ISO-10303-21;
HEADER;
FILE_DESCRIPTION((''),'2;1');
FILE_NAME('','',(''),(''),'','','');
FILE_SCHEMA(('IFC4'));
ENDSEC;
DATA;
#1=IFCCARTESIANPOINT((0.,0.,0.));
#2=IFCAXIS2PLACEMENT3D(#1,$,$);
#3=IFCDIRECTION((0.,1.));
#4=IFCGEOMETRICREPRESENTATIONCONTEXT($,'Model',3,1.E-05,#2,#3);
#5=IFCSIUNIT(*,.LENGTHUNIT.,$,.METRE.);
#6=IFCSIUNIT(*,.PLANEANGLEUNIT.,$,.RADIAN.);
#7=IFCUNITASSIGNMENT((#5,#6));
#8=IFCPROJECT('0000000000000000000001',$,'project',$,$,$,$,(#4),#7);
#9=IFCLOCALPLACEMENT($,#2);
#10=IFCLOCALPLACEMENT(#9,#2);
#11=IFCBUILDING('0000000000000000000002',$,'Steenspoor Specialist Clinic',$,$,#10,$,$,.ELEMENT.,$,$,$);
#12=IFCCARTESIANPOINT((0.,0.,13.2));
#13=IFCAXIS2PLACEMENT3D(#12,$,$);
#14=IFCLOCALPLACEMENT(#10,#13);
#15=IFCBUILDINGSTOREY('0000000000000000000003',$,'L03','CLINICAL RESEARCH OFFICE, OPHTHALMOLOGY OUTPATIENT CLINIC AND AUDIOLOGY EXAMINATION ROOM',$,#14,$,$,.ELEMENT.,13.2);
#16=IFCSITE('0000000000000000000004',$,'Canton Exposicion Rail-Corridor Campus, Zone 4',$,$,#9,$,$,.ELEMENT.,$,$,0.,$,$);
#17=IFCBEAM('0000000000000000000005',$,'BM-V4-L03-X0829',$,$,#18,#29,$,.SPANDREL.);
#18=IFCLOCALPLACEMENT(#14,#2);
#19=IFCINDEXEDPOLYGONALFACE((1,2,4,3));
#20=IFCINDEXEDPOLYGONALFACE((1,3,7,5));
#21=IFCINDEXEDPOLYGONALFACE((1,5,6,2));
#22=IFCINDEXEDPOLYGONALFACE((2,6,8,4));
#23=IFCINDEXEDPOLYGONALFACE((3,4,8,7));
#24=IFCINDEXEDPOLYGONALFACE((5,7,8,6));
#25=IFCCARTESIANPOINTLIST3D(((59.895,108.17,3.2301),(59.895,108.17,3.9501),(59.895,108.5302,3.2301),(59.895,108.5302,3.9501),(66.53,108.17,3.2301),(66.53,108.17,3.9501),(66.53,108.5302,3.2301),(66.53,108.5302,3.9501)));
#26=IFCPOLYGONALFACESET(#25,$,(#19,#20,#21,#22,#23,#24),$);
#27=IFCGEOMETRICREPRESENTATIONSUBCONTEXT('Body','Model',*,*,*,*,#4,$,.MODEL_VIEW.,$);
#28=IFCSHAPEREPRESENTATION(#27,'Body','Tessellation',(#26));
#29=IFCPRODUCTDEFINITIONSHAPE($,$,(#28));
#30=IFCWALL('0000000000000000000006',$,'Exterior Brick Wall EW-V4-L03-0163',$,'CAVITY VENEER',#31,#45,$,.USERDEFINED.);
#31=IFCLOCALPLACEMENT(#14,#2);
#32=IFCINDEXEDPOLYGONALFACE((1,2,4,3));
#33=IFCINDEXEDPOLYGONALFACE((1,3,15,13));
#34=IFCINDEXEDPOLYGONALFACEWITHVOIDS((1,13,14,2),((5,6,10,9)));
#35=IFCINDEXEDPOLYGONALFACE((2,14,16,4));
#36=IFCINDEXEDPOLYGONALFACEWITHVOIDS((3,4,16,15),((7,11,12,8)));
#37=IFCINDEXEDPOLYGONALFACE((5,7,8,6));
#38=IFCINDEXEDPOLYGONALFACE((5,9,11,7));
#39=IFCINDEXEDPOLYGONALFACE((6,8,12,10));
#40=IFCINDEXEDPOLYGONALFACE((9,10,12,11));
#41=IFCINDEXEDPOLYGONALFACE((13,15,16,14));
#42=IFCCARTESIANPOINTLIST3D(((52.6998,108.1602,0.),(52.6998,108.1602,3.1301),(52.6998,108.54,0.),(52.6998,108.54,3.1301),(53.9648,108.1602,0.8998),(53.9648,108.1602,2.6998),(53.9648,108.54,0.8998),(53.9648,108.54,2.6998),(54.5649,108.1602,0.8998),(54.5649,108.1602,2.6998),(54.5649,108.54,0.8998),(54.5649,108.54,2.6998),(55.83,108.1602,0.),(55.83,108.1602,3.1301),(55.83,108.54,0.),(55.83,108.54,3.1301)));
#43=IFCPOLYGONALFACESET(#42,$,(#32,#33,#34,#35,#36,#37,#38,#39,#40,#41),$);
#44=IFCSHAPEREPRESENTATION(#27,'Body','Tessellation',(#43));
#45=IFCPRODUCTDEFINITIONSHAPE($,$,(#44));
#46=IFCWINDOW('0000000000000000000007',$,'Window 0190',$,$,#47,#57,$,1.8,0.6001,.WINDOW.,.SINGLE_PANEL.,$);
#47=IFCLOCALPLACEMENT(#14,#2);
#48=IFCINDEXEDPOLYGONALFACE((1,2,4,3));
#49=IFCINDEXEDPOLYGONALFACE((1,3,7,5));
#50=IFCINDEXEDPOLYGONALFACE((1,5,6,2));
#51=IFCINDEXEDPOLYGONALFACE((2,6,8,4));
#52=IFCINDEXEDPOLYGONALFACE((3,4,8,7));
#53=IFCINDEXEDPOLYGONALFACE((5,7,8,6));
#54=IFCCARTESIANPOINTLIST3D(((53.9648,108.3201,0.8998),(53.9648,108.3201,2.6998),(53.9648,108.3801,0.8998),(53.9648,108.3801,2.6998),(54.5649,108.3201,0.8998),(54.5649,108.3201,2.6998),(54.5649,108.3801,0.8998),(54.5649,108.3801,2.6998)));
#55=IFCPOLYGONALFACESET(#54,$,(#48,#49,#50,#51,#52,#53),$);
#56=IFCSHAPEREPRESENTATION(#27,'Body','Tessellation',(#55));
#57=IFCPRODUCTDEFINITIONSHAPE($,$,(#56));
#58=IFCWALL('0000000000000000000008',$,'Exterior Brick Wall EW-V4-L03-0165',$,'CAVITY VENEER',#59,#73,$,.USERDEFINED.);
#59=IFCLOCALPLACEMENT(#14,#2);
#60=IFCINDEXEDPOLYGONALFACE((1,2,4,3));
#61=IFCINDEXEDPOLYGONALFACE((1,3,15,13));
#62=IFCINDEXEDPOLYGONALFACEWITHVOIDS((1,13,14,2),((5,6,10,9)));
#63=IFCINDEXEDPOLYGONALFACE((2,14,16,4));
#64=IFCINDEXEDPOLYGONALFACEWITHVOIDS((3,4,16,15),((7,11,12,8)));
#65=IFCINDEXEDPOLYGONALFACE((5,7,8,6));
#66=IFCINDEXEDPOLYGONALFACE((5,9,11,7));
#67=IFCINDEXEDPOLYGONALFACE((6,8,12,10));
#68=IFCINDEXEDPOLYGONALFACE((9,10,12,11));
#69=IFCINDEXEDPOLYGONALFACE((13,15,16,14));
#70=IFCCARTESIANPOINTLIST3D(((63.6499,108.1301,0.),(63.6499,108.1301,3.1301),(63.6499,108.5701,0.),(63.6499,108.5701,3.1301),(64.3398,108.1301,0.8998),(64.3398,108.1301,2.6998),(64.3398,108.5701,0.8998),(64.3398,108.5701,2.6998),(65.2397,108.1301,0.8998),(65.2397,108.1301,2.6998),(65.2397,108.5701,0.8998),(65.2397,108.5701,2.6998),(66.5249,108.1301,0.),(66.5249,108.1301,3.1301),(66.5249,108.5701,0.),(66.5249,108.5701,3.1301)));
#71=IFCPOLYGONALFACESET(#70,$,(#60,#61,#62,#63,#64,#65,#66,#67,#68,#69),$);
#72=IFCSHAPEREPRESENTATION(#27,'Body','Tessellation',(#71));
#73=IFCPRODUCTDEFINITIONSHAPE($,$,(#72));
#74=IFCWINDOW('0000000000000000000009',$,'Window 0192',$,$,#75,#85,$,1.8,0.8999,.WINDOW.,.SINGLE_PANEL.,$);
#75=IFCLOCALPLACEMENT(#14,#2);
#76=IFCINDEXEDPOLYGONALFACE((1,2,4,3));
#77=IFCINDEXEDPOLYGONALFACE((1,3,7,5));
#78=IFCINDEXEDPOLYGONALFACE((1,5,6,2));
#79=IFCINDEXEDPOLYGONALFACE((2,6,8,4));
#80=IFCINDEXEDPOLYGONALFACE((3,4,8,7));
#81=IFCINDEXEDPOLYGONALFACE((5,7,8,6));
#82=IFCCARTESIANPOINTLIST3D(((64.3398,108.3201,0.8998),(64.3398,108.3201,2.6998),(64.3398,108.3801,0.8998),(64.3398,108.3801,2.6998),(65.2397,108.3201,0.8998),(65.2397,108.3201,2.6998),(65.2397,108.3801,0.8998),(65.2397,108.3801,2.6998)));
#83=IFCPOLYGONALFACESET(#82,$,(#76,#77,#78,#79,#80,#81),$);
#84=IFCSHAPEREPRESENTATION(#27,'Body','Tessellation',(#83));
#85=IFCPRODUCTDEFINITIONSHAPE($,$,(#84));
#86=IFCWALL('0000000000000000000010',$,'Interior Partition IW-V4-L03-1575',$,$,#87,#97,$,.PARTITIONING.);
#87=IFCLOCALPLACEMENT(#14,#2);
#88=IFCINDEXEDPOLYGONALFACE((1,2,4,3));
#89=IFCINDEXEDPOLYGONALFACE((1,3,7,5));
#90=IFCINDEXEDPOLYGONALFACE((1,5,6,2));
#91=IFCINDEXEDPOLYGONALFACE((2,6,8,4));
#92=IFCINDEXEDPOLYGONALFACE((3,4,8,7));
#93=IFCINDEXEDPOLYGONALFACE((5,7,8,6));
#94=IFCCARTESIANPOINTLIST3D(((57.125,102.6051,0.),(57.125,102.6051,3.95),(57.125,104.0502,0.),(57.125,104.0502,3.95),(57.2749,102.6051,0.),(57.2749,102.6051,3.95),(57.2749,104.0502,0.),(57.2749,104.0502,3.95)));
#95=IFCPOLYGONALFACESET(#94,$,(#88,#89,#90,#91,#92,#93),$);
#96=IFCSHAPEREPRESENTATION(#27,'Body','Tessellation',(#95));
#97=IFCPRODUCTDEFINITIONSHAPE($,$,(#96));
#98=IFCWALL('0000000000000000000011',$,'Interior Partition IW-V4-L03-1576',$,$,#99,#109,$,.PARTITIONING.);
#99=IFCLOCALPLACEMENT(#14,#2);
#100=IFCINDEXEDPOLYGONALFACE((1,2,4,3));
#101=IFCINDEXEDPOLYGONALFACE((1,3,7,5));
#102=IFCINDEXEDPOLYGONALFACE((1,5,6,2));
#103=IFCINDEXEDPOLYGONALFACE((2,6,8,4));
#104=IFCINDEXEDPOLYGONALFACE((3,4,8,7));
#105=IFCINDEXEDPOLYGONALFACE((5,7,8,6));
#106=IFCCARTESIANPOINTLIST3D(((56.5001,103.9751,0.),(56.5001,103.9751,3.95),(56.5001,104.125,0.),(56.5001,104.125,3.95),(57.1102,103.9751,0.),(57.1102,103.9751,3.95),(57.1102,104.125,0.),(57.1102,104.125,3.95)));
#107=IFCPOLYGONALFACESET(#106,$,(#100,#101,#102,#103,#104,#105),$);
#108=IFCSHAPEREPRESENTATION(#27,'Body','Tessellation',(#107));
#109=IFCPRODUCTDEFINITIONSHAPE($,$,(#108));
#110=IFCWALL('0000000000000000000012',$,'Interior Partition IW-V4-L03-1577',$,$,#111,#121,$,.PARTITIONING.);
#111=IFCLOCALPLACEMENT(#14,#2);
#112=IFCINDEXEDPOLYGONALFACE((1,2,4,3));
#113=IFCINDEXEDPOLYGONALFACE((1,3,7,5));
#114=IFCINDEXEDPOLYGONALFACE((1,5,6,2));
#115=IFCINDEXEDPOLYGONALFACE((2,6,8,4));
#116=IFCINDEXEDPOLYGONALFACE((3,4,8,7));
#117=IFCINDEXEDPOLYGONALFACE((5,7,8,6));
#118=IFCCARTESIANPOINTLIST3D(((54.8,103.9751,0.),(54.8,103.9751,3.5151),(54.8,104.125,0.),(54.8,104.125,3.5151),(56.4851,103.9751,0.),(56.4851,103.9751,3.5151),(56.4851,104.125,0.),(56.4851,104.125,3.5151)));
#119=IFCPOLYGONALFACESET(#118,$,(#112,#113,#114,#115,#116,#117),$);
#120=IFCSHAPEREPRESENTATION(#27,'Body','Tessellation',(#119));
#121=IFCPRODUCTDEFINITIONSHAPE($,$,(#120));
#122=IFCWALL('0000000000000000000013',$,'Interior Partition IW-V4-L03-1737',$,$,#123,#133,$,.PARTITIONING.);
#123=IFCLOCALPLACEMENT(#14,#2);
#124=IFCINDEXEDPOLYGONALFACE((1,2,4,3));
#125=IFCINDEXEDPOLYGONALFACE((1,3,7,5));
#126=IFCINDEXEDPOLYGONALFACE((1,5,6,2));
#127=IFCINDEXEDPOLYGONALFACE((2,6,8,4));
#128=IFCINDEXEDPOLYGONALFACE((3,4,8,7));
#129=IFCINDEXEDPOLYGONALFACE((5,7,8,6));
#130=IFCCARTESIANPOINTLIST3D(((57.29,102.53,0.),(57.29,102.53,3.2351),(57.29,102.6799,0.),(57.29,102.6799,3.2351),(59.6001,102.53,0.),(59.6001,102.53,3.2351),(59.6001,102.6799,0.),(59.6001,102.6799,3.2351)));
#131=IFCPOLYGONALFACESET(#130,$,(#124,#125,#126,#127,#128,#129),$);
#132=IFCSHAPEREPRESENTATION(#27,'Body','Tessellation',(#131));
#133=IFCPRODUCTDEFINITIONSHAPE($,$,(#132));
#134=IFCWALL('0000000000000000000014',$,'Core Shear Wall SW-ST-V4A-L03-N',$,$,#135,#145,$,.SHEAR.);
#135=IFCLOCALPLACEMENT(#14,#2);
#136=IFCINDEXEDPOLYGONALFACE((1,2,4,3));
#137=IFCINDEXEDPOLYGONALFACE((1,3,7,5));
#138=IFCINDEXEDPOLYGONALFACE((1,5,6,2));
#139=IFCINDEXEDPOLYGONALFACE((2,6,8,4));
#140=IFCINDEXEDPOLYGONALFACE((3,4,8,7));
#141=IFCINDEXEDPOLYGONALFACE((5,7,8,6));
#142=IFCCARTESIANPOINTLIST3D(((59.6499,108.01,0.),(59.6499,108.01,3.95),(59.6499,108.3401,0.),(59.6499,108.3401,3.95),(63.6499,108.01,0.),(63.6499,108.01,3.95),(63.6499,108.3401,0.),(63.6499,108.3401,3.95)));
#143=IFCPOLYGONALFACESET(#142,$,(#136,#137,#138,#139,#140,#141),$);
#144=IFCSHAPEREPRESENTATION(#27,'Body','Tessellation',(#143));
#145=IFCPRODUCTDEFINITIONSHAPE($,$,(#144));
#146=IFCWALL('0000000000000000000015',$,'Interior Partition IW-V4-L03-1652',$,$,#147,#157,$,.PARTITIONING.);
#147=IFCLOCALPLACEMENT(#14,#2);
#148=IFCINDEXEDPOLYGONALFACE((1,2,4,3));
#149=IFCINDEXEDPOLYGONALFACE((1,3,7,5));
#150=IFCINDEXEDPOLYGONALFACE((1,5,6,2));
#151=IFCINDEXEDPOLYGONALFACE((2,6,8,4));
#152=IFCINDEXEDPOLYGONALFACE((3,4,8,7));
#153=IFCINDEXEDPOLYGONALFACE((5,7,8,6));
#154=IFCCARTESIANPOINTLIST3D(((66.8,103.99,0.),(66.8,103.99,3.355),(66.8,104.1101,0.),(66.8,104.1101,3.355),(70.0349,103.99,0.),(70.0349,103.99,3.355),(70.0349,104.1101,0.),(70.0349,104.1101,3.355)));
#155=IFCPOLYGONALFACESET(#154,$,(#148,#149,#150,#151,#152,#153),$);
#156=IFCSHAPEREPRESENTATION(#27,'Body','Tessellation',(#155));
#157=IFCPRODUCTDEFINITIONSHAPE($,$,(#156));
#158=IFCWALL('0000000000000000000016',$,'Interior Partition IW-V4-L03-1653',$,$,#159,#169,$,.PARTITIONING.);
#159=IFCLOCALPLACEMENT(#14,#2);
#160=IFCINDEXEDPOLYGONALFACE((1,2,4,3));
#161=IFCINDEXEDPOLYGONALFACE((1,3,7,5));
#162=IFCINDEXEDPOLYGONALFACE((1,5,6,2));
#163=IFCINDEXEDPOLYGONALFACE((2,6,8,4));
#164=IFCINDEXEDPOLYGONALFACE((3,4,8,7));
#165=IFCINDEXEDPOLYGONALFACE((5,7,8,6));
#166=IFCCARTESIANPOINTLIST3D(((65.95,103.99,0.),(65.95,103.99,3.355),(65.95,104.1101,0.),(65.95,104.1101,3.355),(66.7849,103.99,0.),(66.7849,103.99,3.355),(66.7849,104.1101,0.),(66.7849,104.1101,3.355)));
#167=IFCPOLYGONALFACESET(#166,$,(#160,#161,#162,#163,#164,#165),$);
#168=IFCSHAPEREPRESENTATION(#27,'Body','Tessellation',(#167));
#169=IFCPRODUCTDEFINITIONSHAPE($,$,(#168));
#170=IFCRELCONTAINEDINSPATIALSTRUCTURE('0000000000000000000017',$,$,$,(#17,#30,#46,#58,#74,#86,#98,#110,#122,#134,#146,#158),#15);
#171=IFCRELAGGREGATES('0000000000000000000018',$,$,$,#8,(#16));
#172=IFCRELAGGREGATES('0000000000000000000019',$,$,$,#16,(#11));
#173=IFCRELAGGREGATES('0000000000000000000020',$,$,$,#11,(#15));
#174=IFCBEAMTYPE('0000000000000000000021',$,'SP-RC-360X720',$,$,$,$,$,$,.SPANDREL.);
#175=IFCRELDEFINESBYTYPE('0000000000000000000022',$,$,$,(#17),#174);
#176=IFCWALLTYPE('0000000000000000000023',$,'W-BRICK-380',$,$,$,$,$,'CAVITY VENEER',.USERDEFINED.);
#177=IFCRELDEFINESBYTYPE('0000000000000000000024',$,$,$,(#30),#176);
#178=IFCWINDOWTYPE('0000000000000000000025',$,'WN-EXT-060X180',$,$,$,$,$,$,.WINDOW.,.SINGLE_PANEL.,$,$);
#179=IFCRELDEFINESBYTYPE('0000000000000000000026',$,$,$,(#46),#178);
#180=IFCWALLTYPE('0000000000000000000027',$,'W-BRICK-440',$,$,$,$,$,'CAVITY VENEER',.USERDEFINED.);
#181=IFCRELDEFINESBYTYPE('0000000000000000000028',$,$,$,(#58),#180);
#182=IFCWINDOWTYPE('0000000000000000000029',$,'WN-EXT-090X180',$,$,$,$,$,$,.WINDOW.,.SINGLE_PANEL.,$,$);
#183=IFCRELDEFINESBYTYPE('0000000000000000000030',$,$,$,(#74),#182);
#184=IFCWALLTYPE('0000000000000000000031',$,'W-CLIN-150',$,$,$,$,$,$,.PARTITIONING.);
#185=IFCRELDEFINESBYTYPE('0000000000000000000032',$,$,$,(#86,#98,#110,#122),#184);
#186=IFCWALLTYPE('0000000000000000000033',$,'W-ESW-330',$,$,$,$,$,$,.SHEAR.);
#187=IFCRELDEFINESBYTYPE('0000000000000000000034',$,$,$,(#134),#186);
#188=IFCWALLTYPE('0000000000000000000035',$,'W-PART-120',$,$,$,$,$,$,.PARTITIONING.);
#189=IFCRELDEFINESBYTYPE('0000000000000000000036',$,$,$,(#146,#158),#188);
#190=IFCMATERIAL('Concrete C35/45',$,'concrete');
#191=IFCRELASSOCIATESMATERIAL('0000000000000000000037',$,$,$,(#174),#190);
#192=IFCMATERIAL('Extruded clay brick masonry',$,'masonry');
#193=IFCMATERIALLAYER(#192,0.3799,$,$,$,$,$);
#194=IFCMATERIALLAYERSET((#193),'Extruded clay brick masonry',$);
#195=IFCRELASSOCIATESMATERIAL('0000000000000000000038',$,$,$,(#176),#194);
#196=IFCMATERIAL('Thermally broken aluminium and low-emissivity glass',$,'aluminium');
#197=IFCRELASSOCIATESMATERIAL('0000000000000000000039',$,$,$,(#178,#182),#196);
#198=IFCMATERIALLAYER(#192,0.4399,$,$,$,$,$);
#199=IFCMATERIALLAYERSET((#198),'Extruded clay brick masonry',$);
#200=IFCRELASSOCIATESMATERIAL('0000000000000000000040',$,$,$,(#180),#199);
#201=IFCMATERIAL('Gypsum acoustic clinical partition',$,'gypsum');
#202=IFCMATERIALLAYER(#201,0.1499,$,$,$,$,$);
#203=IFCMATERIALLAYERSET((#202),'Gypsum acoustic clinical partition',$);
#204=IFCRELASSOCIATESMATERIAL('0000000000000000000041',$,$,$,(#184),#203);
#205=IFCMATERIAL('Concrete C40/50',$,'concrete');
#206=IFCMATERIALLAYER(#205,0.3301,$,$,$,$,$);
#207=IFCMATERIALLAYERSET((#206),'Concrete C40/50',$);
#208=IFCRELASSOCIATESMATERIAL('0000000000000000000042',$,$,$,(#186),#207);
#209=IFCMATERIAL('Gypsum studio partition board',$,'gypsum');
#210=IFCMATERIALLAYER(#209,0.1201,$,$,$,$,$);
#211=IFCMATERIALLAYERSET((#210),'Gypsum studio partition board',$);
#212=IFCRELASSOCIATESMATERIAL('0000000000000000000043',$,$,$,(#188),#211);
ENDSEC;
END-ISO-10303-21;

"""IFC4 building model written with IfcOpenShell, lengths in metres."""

from ifc_helpers import new_model, si_unit, direction, frame, frame_2d, origin, origin_2d, place, context, subcontext, project, spatial, rectangle, extrude, material, layer, layer_set, material_profile, profile_set, type_object, element, fill, save


model = new_model("IFC4")

# Units and contexts
model_context = context("Model", 3, precision=1e-05, world=origin(), true_north=direction((0.0, 1.0)))
body_context = subcontext(model_context, "Body", "Model", "MODEL_VIEW")
ifc_project = project(units=[si_unit("LENGTHUNIT", "METRE"), si_unit("PLANEANGLEUNIT", "RADIAN")], contexts=[model_context])

# Site, building, storey
site_placement = place(None, origin())
site = spatial("IfcSite", under=ifc_project, at=site_placement, Name="Canton Exposicion Rail-Corridor Campus, Zone 4", CompositionType="ELEMENT", RefElevation=0.0)
building_placement = place(site_placement, origin())
building = spatial("IfcBuilding", under=site, at=building_placement, Name="Steenspoor Specialist Clinic", CompositionType="ELEMENT")
storey_placement = place(building_placement, frame((0.0, 0.0, 13.2)))
storey = spatial("IfcBuildingStorey", under=building, at=storey_placement, Name="L03", Description="CLINICAL RESEARCH OFFICE, OPHTHALMOLOGY OUTPATIENT CLINIC AND AUDIOLOGY EXAMINATION ROOM", CompositionType="ELEMENT", Elevation=13.2)

# Shared definitions
ifc_material_1 = material(Name="Concrete C40/50", Category="concrete")

# Beam
ifc_material_2 = material(Name="Concrete C35/45", Category="concrete")
ifc_material_profile_1 = material_profile(ifc_material_2, rectangle(XDim=0.3601, YDim=0.72, at=origin_2d()), Name="RC-SP-360X720")
ifc_profile_set_1 = profile_set([ifc_material_profile_1], Name="Concrete C35/45")
beam_type_1 = type_object("IfcBeamType", Name="SP-RC-360X720", PredefinedType="SPANDREL", material=ifc_profile_set_1)
beam_1_placement = place(storey_placement, frame((59.895, 108.3501, 3.5901), z_axis=(1.0, 0.0, 0.0), x_axis=(0.0, 1.0, 0.0)))
element("IfcBeam", 1, at=beam_1_placement, inside=storey, type_object=beam_type_1, Name="BM-V4-L03-X0829", PredefinedType="SPANDREL", context=body_context, shape_type="SweptSolid", body=[
    extrude(rectangle(XDim=0.3601, YDim=0.72, at=origin_2d()), origin(), (0.0, 0.0, 1.0), 6.635),
])

# Walls, openings, windows
ifc_material_3 = material(Name="Extruded clay brick masonry", Category="masonry")
ifc_layer_1 = layer(ifc_material_3, 0.3799)
ifc_layer_set_1 = layer_set([ifc_layer_1], Name="Extruded clay brick masonry")
wall_type_1 = type_object("IfcWallType", Name="W-BRICK-380", ElementType="CAVITY VENEER", PredefinedType="USERDEFINED", material=ifc_layer_set_1)
wall_1_placement = place(storey_placement, frame((52.7, 108.3501, 0.0), z_axis=(0.0, 0.0, 1.0), x_axis=(1.0, 0.0, 0.0)))
wall_1 = element("IfcWall", 2, at=wall_1_placement, inside=storey, type_object=wall_type_1, Name="Exterior Brick Wall EW-V4-L03-0163", ObjectType="CAVITY VENEER", PredefinedType="USERDEFINED", context=body_context, shape_type="SweptSolid", body=[
    extrude(rectangle(XDim=3.1301, YDim=0.3799, at=frame_2d((1.5649, 0.0))), origin(), (0.0, 0.0, 1.0), 3.1301),
])
opening_1_placement = place(wall_1_placement, frame((1.2649, 0.0, 0.8999)))
opening_1 = element("IfcOpeningElement", 3, at=opening_1_placement, cuts=wall_1, PredefinedType="OPENING", context=body_context, shape_type="SweptSolid", body=[
    extrude(rectangle(XDim=0.6001, YDim=1.8, at=frame_2d((0.3, 0.8999))), frame((0.0, 0.2, 0.0), z_axis=(0.0, -1.0, 0.0), x_axis=(1.0, 0.0, 0.0)), (0.0, 0.0, 1.0), 0.3999),
])
ifc_material_4 = material(Name="Thermally broken aluminium and low-emissivity glass", Category="aluminium")
window_type_1 = type_object("IfcWindowType", Name="WN-EXT-060X180", PartitioningType="SINGLE_PANEL", PredefinedType="WINDOW", material=ifc_material_4)
window_1_placement = place(opening_1_placement, origin())
window_1 = element("IfcWindow", 4, at=window_1_placement, inside=storey, type_object=window_type_1, Name="Window 0190", OverallHeight=1.8, OverallWidth=0.6001, PartitioningType="SINGLE_PANEL", PredefinedType="WINDOW", context=body_context, shape_type="SweptSolid", body=[
    extrude(rectangle(XDim=0.6001, YDim=1.8, at=frame_2d((0.3, 0.8999))), frame((0.0, 0.03, 0.0), z_axis=(0.0, -1.0, 0.0), x_axis=(1.0, 0.0, 0.0)), (0.0, 0.0, 1.0), 0.0601),
])
fill(opening_1, window_1)
ifc_layer_2 = layer(ifc_material_3, 0.4399)
ifc_layer_set_2 = layer_set([ifc_layer_2], Name="Extruded clay brick masonry")
wall_type_2 = type_object("IfcWallType", Name="W-BRICK-440", ElementType="CAVITY VENEER", PredefinedType="USERDEFINED", material=ifc_layer_set_2)
wall_2_placement = place(storey_placement, frame((63.6499, 108.3501, 0.0), z_axis=(0.0, 0.0, 1.0), x_axis=(1.0, 0.0, 0.0)))
wall_2 = element("IfcWall", 5, at=wall_2_placement, inside=storey, type_object=wall_type_2, Name="Exterior Brick Wall EW-V4-L03-0165", ObjectType="CAVITY VENEER", PredefinedType="USERDEFINED", context=body_context, shape_type="SweptSolid", body=[
    extrude(rectangle(XDim=2.875, YDim=0.4399, at=frame_2d((1.4375, 0.0))), origin(), (0.0, 0.0, 1.0), 3.1301),
])
opening_2_placement = place(wall_2_placement, frame((0.6899, 0.0, 0.8999)))
opening_2 = element("IfcOpeningElement", 6, at=opening_2_placement, cuts=wall_2, PredefinedType="OPENING", context=body_context, shape_type="SweptSolid", body=[
    extrude(rectangle(XDim=0.8999, YDim=1.8, at=frame_2d((0.45, 0.8999))), frame((0.0, 0.23, 0.0), z_axis=(0.0, -1.0, 0.0), x_axis=(1.0, 0.0, 0.0)), (0.0, 0.0, 1.0), 0.46),
])
window_type_2 = type_object("IfcWindowType", Name="WN-EXT-090X180", PartitioningType="SINGLE_PANEL", PredefinedType="WINDOW", material=ifc_material_4)
window_2_placement = place(opening_2_placement, origin())
window_2 = element("IfcWindow", 7, at=window_2_placement, inside=storey, type_object=window_type_2, Name="Window 0192", OverallHeight=1.8, OverallWidth=0.8999, PartitioningType="SINGLE_PANEL", PredefinedType="WINDOW", context=body_context, shape_type="SweptSolid", body=[
    extrude(rectangle(XDim=0.8999, YDim=1.8, at=frame_2d((0.45, 0.8999))), frame((0.0, 0.03, 0.0), z_axis=(0.0, -1.0, 0.0), x_axis=(1.0, 0.0, 0.0)), (0.0, 0.0, 1.0), 0.0601),
])
fill(opening_2, window_2)

# Walls
ifc_material_5 = material(Name="Gypsum acoustic clinical partition", Category="gypsum")
ifc_layer_3 = layer(ifc_material_5, 0.1499)
ifc_layer_set_3 = layer_set([ifc_layer_3], Name="Gypsum acoustic clinical partition")
wall_type_3 = type_object("IfcWallType", Name="W-CLIN-150", PredefinedType="PARTITIONING", material=ifc_layer_set_3)
wall_3_placement = place(storey_placement, frame((57.2, 102.605, 0.0), z_axis=(0.0, 0.0, 1.0), x_axis=(0.0, 1.0, 0.0)))
element("IfcWall", 8, at=wall_3_placement, inside=storey, type_object=wall_type_3, Name="Interior Partition IW-V4-L03-1575", PredefinedType="PARTITIONING", context=body_context, shape_type="SweptSolid", body=[
    extrude(rectangle(XDim=1.4451, YDim=0.1499, at=frame_2d((0.7227, 0.0))), origin(), (0.0, 0.0, 1.0), 3.95),
])
wall_4_placement = place(storey_placement, frame((56.5, 104.05, 0.0), z_axis=(0.0, 0.0, 1.0), x_axis=(1.0, 0.0, 0.0)))
element("IfcWall", 9, at=wall_4_placement, inside=storey, type_object=wall_type_3, Name="Interior Partition IW-V4-L03-1576", PredefinedType="PARTITIONING", context=body_context, shape_type="SweptSolid", body=[
    extrude(rectangle(XDim=0.6101, YDim=0.1499, at=frame_2d((0.3052, 0.0))), origin(), (0.0, 0.0, 1.0), 3.95),
])
wall_5_placement = place(storey_placement, frame((54.8, 104.05, 0.0), z_axis=(0.0, 0.0, 1.0), x_axis=(1.0, 0.0, 0.0)))
element("IfcWall", 10, at=wall_5_placement, inside=storey, type_object=wall_type_3, Name="Interior Partition IW-V4-L03-1577", PredefinedType="PARTITIONING", context=body_context, shape_type="SweptSolid", body=[
    extrude(rectangle(XDim=1.6851, YDim=0.1499, at=frame_2d((0.8425, 0.0))), origin(), (0.0, 0.0, 1.0), 3.5151),
])
wall_6_placement = place(storey_placement, frame((57.29, 102.605, 0.0), z_axis=(0.0, 0.0, 1.0), x_axis=(1.0, 0.0, 0.0)))
element("IfcWall", 11, at=wall_6_placement, inside=storey, type_object=wall_type_3, Name="Interior Partition IW-V4-L03-1737", PredefinedType="PARTITIONING", context=body_context, shape_type="SweptSolid", body=[
    extrude(rectangle(XDim=2.3101, YDim=0.1499, at=frame_2d((1.155, 0.0))), origin(), (0.0, 0.0, 1.0), 3.2351),
])
ifc_layer_4 = layer(ifc_material_1, 0.3301)
ifc_layer_set_4 = layer_set([ifc_layer_4], Name="Concrete C40/50")
wall_type_4 = type_object("IfcWallType", Name="W-ESW-330", PredefinedType="SHEAR", material=ifc_layer_set_4)
wall_7_placement = place(storey_placement, frame((59.6499, 108.175, 0.0), z_axis=(0.0, 0.0, 1.0), x_axis=(1.0, 0.0, 0.0)))
element("IfcWall", 12, at=wall_7_placement, inside=storey, type_object=wall_type_4, Name="Core Shear Wall SW-ST-V4A-L03-N", PredefinedType="SHEAR", context=body_context, shape_type="SweptSolid", body=[
    extrude(rectangle(XDim=4.0, YDim=0.3301, at=frame_2d((2.0, 0.0))), origin(), (0.0, 0.0, 1.0), 3.95),
])
ifc_material_6 = material(Name="Gypsum studio partition board", Category="gypsum")
ifc_layer_5 = layer(ifc_material_6, 0.1201)
ifc_layer_set_5 = layer_set([ifc_layer_5], Name="Gypsum studio partition board")
wall_type_5 = type_object("IfcWallType", Name="W-PART-120", PredefinedType="PARTITIONING", material=ifc_layer_set_5)
wall_8_placement = place(storey_placement, frame((66.8, 104.05, 0.0), z_axis=(0.0, 0.0, 1.0), x_axis=(1.0, 0.0, 0.0)))
element("IfcWall", 13, at=wall_8_placement, inside=storey, type_object=wall_type_5, Name="Interior Partition IW-V4-L03-1652", PredefinedType="PARTITIONING", context=body_context, shape_type="SweptSolid", body=[
    extrude(rectangle(XDim=3.2349, YDim=0.1201, at=frame_2d((1.6174, 0.0))), origin(), (0.0, 0.0, 1.0), 3.355),
])
wall_9_placement = place(storey_placement, frame((65.95, 104.05, 0.0), z_axis=(0.0, 0.0, 1.0), x_axis=(1.0, 0.0, 0.0)))
element("IfcWall", 14, at=wall_9_placement, inside=storey, type_object=wall_type_5, Name="Interior Partition IW-V4-L03-1653", PredefinedType="PARTITIONING", context=body_context, shape_type="SweptSolid", body=[
    extrude(rectangle(XDim=0.835, YDim=0.1201, at=frame_2d((0.4175, 0.0))), origin(), (0.0, 0.0, 1.0), 3.355),
])

save(model, "model.ifc")
